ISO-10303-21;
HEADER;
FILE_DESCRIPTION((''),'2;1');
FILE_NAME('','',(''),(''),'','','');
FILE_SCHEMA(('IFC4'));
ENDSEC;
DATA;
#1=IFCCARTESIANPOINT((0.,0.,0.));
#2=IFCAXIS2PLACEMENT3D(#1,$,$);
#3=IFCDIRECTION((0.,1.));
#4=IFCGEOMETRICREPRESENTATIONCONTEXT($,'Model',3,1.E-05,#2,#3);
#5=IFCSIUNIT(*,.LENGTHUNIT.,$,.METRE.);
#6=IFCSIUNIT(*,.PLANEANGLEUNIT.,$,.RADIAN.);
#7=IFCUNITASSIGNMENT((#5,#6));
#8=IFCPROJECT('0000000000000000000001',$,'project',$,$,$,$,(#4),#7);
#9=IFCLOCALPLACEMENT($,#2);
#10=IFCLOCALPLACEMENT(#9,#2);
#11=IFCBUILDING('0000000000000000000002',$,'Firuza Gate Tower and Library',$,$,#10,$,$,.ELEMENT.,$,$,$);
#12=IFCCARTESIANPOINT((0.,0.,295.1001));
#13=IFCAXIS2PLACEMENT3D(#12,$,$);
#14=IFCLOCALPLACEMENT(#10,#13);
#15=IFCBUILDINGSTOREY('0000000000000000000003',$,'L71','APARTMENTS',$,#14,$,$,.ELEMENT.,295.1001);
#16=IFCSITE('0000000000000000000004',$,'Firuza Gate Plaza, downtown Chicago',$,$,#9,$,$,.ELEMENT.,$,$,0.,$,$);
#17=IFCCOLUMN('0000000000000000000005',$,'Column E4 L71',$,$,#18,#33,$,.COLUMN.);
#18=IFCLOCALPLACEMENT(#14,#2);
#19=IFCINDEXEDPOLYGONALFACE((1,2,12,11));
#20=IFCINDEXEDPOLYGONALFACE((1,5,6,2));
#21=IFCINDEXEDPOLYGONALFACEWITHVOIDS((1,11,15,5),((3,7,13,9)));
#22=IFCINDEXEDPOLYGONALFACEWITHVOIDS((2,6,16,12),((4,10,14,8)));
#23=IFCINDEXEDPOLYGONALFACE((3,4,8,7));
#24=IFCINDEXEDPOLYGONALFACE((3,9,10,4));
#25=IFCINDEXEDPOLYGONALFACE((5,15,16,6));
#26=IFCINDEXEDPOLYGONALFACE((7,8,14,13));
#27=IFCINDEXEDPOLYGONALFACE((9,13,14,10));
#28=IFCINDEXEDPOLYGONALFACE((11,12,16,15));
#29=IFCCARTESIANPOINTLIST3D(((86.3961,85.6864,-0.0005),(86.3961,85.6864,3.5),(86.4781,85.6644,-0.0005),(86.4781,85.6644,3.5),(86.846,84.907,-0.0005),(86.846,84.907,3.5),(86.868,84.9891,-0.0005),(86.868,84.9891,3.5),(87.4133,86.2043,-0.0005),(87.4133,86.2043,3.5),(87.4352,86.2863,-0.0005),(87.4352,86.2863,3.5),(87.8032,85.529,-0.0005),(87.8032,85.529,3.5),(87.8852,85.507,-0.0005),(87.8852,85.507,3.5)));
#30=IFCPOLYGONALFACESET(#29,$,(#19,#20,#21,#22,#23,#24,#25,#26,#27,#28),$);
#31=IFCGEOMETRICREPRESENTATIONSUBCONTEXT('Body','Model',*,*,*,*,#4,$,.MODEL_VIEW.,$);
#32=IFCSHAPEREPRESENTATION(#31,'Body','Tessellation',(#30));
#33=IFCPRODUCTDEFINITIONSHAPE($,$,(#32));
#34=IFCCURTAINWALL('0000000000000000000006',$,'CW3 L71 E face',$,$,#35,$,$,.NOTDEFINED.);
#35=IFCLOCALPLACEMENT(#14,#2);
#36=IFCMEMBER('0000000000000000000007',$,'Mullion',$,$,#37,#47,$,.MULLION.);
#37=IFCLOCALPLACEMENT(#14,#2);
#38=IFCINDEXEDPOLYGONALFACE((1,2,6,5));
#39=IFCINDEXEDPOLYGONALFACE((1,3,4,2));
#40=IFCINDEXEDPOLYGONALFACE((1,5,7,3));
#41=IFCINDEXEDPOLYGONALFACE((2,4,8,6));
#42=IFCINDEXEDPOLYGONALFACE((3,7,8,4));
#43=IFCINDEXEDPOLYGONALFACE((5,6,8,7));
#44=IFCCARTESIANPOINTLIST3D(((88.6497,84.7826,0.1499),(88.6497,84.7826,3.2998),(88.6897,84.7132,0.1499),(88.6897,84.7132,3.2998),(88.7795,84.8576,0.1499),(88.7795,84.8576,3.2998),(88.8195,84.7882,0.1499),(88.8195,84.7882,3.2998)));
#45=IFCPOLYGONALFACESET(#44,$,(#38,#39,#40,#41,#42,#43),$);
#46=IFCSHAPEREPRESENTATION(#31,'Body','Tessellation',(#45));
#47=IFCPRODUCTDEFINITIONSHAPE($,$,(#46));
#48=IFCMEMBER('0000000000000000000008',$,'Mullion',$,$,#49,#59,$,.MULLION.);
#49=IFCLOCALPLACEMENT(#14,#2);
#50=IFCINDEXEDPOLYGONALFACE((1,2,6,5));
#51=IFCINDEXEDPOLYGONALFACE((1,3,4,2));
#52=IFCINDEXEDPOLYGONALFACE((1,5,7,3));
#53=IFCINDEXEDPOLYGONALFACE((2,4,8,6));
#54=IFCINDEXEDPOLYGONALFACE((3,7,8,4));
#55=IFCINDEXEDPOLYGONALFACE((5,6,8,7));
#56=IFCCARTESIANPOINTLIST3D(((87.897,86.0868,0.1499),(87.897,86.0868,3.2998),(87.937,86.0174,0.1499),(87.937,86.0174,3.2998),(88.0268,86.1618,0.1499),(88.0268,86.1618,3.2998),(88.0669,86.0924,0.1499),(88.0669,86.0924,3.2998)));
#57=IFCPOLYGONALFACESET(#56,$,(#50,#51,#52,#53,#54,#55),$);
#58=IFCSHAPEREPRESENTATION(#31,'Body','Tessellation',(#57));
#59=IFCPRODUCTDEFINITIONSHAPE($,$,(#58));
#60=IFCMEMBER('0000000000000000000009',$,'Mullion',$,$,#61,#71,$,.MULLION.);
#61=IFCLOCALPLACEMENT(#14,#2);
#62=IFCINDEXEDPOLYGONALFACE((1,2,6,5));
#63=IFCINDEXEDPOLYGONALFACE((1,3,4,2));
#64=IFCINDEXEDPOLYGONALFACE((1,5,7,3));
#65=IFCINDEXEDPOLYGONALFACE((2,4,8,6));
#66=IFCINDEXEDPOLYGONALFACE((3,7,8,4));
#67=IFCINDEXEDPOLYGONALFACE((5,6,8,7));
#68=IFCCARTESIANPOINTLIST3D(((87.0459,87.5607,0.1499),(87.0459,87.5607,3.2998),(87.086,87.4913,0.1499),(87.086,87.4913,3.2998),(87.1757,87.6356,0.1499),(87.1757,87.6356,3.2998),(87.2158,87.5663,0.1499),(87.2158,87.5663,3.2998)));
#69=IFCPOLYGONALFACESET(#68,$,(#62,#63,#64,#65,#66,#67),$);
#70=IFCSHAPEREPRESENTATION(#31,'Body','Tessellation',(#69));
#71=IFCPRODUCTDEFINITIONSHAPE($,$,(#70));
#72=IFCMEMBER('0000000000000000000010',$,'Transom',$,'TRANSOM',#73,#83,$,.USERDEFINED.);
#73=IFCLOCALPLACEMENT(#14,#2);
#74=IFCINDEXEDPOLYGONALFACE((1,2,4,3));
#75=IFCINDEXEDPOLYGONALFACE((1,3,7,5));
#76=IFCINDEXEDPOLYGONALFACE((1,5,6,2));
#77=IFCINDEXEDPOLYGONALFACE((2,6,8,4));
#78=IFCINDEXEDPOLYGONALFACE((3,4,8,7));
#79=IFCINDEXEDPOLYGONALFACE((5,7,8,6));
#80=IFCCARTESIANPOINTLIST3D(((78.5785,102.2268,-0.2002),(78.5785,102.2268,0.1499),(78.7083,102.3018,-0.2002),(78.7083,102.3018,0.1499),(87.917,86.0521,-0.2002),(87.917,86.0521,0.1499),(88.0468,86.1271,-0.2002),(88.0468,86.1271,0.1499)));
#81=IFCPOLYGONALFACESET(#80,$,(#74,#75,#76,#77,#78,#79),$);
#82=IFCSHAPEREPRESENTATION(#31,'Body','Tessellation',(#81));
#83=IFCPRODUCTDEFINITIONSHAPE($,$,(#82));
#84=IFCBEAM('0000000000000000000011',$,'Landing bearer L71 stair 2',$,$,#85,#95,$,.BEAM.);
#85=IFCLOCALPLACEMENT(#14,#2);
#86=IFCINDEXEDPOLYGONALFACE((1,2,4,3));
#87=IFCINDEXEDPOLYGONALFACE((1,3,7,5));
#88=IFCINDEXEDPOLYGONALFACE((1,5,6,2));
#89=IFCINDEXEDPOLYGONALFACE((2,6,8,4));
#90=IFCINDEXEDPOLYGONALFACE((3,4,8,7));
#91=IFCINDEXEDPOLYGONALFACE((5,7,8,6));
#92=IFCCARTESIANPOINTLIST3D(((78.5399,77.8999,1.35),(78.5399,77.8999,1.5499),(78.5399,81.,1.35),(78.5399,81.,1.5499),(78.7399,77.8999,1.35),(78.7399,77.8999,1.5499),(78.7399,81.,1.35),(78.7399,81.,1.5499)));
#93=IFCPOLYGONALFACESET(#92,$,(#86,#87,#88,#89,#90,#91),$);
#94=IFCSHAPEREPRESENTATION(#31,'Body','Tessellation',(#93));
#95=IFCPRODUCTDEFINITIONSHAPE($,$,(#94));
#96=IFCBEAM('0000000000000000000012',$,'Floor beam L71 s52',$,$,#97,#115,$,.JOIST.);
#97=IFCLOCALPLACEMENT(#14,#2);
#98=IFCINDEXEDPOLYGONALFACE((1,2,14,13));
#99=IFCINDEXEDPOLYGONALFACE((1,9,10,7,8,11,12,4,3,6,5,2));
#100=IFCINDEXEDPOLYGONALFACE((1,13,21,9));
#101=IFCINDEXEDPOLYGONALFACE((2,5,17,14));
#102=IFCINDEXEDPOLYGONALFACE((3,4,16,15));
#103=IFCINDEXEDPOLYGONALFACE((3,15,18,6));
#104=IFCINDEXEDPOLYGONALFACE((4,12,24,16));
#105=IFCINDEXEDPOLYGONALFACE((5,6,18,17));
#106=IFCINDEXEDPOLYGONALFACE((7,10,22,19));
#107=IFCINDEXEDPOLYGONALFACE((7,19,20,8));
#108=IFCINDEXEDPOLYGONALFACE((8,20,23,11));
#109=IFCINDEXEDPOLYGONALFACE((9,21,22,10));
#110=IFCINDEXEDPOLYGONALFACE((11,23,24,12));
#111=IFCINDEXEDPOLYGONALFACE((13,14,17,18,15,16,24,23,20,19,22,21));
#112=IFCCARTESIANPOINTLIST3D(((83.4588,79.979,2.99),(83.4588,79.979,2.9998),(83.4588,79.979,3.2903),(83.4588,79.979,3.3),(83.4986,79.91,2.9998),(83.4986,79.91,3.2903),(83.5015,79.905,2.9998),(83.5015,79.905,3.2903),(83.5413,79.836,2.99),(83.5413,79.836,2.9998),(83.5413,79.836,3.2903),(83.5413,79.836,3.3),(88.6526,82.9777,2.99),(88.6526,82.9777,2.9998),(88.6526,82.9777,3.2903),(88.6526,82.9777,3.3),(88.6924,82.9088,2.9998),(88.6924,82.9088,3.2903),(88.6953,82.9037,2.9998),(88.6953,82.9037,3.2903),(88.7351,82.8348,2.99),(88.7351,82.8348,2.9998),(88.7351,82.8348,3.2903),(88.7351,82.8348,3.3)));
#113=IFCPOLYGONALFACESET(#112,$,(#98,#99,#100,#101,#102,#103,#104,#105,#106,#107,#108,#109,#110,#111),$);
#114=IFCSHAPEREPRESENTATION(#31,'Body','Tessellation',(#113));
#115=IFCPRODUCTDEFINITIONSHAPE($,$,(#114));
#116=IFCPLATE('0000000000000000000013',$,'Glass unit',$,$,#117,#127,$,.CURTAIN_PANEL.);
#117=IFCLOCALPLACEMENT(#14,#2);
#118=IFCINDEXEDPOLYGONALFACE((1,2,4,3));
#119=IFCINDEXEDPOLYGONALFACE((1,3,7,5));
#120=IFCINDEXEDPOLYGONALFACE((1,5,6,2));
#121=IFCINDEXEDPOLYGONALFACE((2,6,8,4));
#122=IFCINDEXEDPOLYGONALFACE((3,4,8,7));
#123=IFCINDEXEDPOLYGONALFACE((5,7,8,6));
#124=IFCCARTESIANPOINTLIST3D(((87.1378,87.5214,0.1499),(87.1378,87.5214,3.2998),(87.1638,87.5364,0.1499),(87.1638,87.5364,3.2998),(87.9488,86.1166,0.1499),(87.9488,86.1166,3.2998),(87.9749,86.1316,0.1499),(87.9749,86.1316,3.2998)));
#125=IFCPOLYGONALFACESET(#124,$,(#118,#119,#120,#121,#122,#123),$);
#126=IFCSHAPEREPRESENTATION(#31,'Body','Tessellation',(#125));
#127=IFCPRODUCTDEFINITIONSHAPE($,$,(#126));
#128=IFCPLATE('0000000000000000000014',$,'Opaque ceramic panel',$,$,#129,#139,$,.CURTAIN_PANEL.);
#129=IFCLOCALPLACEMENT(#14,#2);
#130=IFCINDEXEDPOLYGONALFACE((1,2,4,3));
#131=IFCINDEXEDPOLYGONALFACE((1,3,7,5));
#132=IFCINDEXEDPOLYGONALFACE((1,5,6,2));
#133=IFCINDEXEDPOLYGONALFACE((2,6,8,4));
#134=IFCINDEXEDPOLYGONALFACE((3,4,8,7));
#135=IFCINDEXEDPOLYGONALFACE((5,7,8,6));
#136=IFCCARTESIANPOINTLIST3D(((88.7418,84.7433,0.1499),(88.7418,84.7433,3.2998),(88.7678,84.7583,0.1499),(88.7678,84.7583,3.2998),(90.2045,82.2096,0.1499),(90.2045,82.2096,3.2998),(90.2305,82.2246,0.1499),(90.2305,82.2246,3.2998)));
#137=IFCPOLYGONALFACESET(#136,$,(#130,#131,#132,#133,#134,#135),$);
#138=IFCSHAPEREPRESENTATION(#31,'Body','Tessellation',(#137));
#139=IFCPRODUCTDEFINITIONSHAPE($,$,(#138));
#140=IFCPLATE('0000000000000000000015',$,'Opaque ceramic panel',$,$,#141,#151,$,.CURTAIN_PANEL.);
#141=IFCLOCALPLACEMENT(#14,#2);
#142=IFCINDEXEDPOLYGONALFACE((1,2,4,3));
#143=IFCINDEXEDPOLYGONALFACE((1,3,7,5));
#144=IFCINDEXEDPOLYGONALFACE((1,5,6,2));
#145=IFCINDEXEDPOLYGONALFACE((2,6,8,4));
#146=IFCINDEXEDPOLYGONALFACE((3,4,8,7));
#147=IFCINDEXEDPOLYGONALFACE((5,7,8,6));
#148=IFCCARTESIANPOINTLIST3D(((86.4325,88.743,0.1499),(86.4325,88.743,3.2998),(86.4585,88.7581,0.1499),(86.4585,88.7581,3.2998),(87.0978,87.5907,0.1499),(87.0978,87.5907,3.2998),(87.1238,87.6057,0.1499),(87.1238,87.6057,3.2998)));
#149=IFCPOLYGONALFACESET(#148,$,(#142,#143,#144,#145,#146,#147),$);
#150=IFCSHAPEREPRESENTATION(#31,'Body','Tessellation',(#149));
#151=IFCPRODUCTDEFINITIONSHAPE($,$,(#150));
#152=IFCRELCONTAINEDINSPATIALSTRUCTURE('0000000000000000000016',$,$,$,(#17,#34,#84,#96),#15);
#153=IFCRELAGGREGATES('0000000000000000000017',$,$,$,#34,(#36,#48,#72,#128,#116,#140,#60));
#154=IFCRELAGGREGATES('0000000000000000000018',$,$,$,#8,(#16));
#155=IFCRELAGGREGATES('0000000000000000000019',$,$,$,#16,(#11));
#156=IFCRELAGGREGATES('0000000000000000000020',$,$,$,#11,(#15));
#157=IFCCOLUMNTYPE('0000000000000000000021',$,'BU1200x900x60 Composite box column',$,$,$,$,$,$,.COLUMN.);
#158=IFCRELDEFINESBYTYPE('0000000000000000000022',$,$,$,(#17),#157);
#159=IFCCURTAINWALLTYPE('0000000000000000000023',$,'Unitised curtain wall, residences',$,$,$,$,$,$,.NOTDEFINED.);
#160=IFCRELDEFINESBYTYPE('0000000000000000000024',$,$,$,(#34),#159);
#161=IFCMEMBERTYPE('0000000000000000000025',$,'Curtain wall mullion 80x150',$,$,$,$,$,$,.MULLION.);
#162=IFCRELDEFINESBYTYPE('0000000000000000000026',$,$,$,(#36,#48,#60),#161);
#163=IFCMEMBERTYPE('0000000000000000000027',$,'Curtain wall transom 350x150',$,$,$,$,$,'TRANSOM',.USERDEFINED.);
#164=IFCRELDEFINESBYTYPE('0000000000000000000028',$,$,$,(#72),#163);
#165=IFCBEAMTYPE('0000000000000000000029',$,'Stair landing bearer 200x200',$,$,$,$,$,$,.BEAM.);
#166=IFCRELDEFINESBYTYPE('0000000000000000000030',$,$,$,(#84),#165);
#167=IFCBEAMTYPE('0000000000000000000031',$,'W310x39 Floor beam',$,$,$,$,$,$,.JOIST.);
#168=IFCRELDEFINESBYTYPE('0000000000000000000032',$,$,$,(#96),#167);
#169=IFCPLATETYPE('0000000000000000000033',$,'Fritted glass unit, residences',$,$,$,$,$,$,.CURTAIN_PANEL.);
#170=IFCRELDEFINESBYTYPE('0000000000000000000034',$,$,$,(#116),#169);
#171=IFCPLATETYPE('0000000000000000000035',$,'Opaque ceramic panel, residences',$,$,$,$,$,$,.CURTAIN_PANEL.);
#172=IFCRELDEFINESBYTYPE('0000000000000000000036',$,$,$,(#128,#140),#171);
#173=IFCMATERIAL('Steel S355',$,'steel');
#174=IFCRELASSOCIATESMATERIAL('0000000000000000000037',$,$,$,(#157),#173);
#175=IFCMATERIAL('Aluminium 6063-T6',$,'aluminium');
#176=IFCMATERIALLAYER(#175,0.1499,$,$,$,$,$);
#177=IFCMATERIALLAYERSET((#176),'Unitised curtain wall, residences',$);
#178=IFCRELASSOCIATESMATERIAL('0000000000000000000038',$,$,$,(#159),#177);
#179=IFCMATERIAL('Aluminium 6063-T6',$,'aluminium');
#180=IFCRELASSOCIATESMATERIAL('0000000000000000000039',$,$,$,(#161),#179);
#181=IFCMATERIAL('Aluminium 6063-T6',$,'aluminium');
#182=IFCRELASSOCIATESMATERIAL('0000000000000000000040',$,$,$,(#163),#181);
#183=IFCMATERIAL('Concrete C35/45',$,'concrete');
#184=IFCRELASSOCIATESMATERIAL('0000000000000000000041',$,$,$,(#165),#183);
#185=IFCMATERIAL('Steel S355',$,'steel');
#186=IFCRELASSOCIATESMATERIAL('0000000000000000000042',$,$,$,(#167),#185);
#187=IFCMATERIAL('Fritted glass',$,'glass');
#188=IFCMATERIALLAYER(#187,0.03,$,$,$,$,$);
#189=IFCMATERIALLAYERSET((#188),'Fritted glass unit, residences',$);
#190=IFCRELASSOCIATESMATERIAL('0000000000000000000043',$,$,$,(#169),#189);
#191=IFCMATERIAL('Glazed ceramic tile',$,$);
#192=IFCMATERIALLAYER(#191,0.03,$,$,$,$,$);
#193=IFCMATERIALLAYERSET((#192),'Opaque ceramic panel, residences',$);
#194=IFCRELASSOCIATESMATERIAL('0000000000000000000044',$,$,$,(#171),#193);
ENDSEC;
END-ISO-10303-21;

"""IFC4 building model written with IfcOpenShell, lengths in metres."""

from ifc_helpers import new_model, si_unit, direction, frame, origin, origin_2d, place, context, subcontext, project, spatial, polyline, rectangle, hollow_rectangle, i_section, outline, extrude, material, layer, layer_set, material_profile, profile_set, type_object, element, aggregate, save


model = new_model("IFC4")

# Units and contexts
model_context = context("Model", 3, precision=1e-05, world=origin(), true_north=direction((0.0, 1.0)))
body_context = subcontext(model_context, "Body", "Model", "MODEL_VIEW")
ifc_project = project(units=[si_unit("LENGTHUNIT", "METRE"), si_unit("PLANEANGLEUNIT", "RADIAN")], contexts=[model_context])

# Site, building, storey
site_placement = place(None, origin())
site = spatial("IfcSite", under=ifc_project, at=site_placement, Name="Firuza Gate Plaza, downtown Chicago", CompositionType="ELEMENT", RefElevation=0.0)
building_placement = place(site_placement, origin())
building = spatial("IfcBuilding", under=site, at=building_placement, Name="Firuza Gate Tower and Library", CompositionType="ELEMENT")
storey_placement = place(building_placement, frame((0.0, 0.0, 295.1001)))
storey = spatial("IfcBuildingStorey", under=building, at=storey_placement, Name="L71", Description="APARTMENTS", CompositionType="ELEMENT", Elevation=295.1001)

# Column
ifc_material_1 = material(Name="Steel S355", Category="steel")
ifc_material_profile_1 = material_profile(ifc_material_1, hollow_rectangle(XDim=0.8999, YDim=1.2, WallThickness=0.0601, at=origin_2d()))
ifc_profile_set_1 = profile_set([ifc_material_profile_1], Name="Steel S355")
column_type = type_object("IfcColumnType", Name="BU1200x900x60 Composite box column", PredefinedType="COLUMN", material=ifc_profile_set_1)
column_placement = place(storey_placement, frame((87.1406, 85.5967, -0.0005), z_axis=(0.0, 0.0, 1.0), x_axis=(-0.5, 0.866025, 0.0)))
element("IfcColumn", 1, at=column_placement, inside=storey, type_object=column_type, Name="Column E4 L71", PredefinedType="COLUMN", context=body_context, shape_type="SweptSolid", body=[
    extrude(hollow_rectangle(XDim=0.8999, YDim=1.2, WallThickness=0.0601, at=origin_2d()), origin(), (0.0, 0.0, 1.0), 3.5005),
])

# Curtain wall, members
ifc_material_2 = material(Name="Aluminium 6063-T6", Category="aluminium")
ifc_layer_1 = layer(ifc_material_2, 0.1499)
ifc_layer_set_1 = layer_set([ifc_layer_1], Name="Unitised curtain wall, residences")
curtain_wall_type = type_object("IfcCurtainWallType", Name="Unitised curtain wall, residences", PredefinedType="NOTDEFINED", material=ifc_layer_set_1)
placement = place(storey_placement, origin())
curtain_wall = element("IfcCurtainWall", 2, at=placement, inside=storey, type_object=curtain_wall_type, Name="CW3 L71 E face", PredefinedType="NOTDEFINED")
ifc_material_3 = material(Name="Aluminium 6063-T6", Category="aluminium")
ifc_material_profile_2 = material_profile(ifc_material_3, rectangle(XDim=0.1499, YDim=0.0801, at=origin_2d()))
ifc_profile_set_2 = profile_set([ifc_material_profile_2], Name="Aluminium 6063-T6")
member_type_1 = type_object("IfcMemberType", Name="Curtain wall mullion 80x150", PredefinedType="MULLION", material=ifc_profile_set_2)
member_1_placement = place(storey_placement, frame((88.7346, 84.7854, 0.1499), z_axis=(0.0, 0.0, 1.0), x_axis=(-0.866025, -0.5, 0.0)))
member_1 = element("IfcMember", 3, at=member_1_placement, type_object=member_type_1, Name="Mullion", PredefinedType="MULLION", context=body_context, shape_type="SweptSolid", body=[
    extrude(rectangle(XDim=0.1499, YDim=0.0801, at=origin_2d()), origin(), (0.0, 0.0, 1.0), 3.1499),
])
member_2_placement = place(storey_placement, frame((87.9819, 86.0896, 0.1499), z_axis=(0.0, 0.0, 1.0), x_axis=(-0.866025, -0.5, 0.0)))
member_2 = element("IfcMember", 4, at=member_2_placement, type_object=member_type_1, Name="Mullion", PredefinedType="MULLION", context=body_context, shape_type="SweptSolid", body=[
    extrude(rectangle(XDim=0.1499, YDim=0.0801, at=origin_2d()), origin(), (0.0, 0.0, 1.0), 3.1499),
])
member_3_placement = place(storey_placement, frame((87.1309, 87.5635, 0.1499), z_axis=(0.0, 0.0, 1.0), x_axis=(-0.866025, -0.5, 0.0)))
member_3 = element("IfcMember", 5, at=member_3_placement, type_object=member_type_1, Name="Mullion", PredefinedType="MULLION", context=body_context, shape_type="SweptSolid", body=[
    extrude(rectangle(XDim=0.1499, YDim=0.0801, at=origin_2d()), origin(), (0.0, 0.0, 1.0), 3.1499),
])
ifc_material_4 = material(Name="Aluminium 6063-T6", Category="aluminium")
ifc_material_profile_3 = material_profile(ifc_material_4, rectangle(XDim=0.1499, YDim=0.3501, at=origin_2d()))
ifc_profile_set_3 = profile_set([ifc_material_profile_3], Name="Aluminium 6063-T6")
member_type_2 = type_object("IfcMemberType", Name="Curtain wall transom 350x150", ElementType="TRANSOM", PredefinedType="USERDEFINED", material=ifc_profile_set_3)
member_4_placement = place(storey_placement, frame((87.9819, 86.0896, -0.0251), z_axis=(-0.500004, 0.866023, 0.0), x_axis=(-0.866023, -0.500004, 0.0)))
member_4 = element("IfcMember", 6, at=member_4_placement, type_object=member_type_2, Name="Transom", ObjectType="TRANSOM", PredefinedType="USERDEFINED", context=body_context, shape_type="SweptSolid", body=[
    extrude(rectangle(XDim=0.1499, YDim=0.3501, at=origin_2d()), origin(), (0.0, 0.0, 1.0), 18.677),
])

# Beams
ifc_material_5 = material(Name="Concrete C35/45", Category="concrete")
ifc_material_profile_4 = material_profile(ifc_material_5, rectangle(XDim=0.2, YDim=0.2, at=origin_2d()))
ifc_profile_set_4 = profile_set([ifc_material_profile_4], Name="Concrete C35/45")
beam_type_1 = type_object("IfcBeamType", Name="Stair landing bearer 200x200", PredefinedType="BEAM", material=ifc_profile_set_4)
beam_1_placement = place(storey_placement, frame((78.6399, 81.0, 1.45), z_axis=(0.0, -1.0, 0.0), x_axis=(1.0, 0.0, 0.0)))
element("IfcBeam", 7, at=beam_1_placement, inside=storey, type_object=beam_type_1, Name="Landing bearer L71 stair 2", PredefinedType="BEAM", context=body_context, shape_type="SweptSolid", body=[
    extrude(rectangle(XDim=0.2, YDim=0.2, at=origin_2d()), origin(), (0.0, 0.0, 1.0), 3.1001),
])
ifc_material_6 = material(Name="Steel S355", Category="steel")
ifc_material_profile_5 = material_profile(ifc_material_6, i_section(OverallWidth=0.165, OverallDepth=0.3101, WebThickness=0.0059, FlangeThickness=0.0098, at=origin_2d()))
ifc_profile_set_5 = profile_set([ifc_material_profile_5], Name="Steel S355")
beam_type_2 = type_object("IfcBeamType", Name="W310x39 Floor beam", PredefinedType="JOIST", material=ifc_profile_set_5)
beam_2_placement = place(storey_placement, frame((88.6938, 82.9062, 3.145), z_axis=(-0.866017, -0.500014, 0.0), x_axis=(0.500014, -0.866017, 0.0)))
element("IfcBeam", 8, at=beam_2_placement, inside=storey, type_object=beam_type_2, Name="Floor beam L71 s52", PredefinedType="JOIST", context=body_context, shape_type="SweptSolid", body=[
    extrude(i_section(OverallWidth=0.165, OverallDepth=0.3101, WebThickness=0.0059, FlangeThickness=0.0098, at=origin_2d()), origin(), (0.0, 0.0, 1.0), 5.9973),
])

# Plates
ifc_material_7 = material(Name="Fritted glass", Category="glass")
ifc_layer_2 = layer(ifc_material_7, 0.03)
ifc_layer_set_2 = layer_set([ifc_layer_2], Name="Fritted glass unit, residences")
plate_type_1 = type_object("IfcPlateType", Name="Fritted glass unit, residences", PredefinedType="CURTAIN_PANEL", material=ifc_layer_set_2)
plate_1_placement = place(storey_placement, frame((87.9749, 86.1316, 0.1499), z_axis=(0.86603, 0.499992, 0.0), x_axis=(-0.499992, 0.86603, 0.0)))
plate_1 = element("IfcPlate", 9, at=plate_1_placement, type_object=plate_type_1, Name="Glass unit", PredefinedType="CURTAIN_PANEL", context=body_context, shape_type="SweptSolid", body=[
    extrude(outline(polyline([(0.0, 0.0), (1.6221, 0.0), (1.6221, 3.1499), (0.0, 3.1499), (0.0, 0.0)])), origin(), (0.0, 0.0, -1.0), 0.03),
])
ifc_material_8 = material(Name="Glazed ceramic tile")
ifc_layer_3 = layer(ifc_material_8, 0.03)
ifc_layer_set_3 = layer_set([ifc_layer_3], Name="Opaque ceramic panel, residences")
plate_type_2 = type_object("IfcPlateType", Name="Opaque ceramic panel, residences", PredefinedType="CURTAIN_PANEL", material=ifc_layer_set_3)
plate_2_placement = place(storey_placement, frame((90.2305, 82.2246, 0.1499), z_axis=(0.866052, 0.499954, 0.0), x_axis=(-0.499954, 0.866052, 0.0)))
plate_2 = element("IfcPlate", 10, at=plate_2_placement, type_object=plate_type_2, Name="Opaque ceramic panel", PredefinedType="CURTAIN_PANEL", context=body_context, shape_type="SweptSolid", body=[
    extrude(outline(polyline([(0.0, 0.0), (2.9256, 0.0), (2.9256, 3.1499), (0.0, 3.1499), (0.0, 0.0)])), origin(), (0.0, 0.0, -1.0), 0.03),
])
plate_3_placement = place(storey_placement, frame((87.1238, 87.6057, 0.1499), z_axis=(0.866033, 0.499987, 0.0), x_axis=(-0.499987, 0.866033, 0.0)))
plate_3 = element("IfcPlate", 11, at=plate_3_placement, type_object=plate_type_2, Name="Opaque ceramic panel", PredefinedType="CURTAIN_PANEL", context=body_context, shape_type="SweptSolid", body=[
    extrude(outline(polyline([(0.0, 0.0), (1.3306, 0.0), (1.3306, 3.1499), (0.0, 3.1499), (0.0, 0.0)])), origin(), (0.0, 0.0, -1.0), 0.03),
])

aggregate(curtain_wall, [member_1, member_2, member_4, plate_2, plate_1, plate_3, member_3])

save(model, "model.ifc")
